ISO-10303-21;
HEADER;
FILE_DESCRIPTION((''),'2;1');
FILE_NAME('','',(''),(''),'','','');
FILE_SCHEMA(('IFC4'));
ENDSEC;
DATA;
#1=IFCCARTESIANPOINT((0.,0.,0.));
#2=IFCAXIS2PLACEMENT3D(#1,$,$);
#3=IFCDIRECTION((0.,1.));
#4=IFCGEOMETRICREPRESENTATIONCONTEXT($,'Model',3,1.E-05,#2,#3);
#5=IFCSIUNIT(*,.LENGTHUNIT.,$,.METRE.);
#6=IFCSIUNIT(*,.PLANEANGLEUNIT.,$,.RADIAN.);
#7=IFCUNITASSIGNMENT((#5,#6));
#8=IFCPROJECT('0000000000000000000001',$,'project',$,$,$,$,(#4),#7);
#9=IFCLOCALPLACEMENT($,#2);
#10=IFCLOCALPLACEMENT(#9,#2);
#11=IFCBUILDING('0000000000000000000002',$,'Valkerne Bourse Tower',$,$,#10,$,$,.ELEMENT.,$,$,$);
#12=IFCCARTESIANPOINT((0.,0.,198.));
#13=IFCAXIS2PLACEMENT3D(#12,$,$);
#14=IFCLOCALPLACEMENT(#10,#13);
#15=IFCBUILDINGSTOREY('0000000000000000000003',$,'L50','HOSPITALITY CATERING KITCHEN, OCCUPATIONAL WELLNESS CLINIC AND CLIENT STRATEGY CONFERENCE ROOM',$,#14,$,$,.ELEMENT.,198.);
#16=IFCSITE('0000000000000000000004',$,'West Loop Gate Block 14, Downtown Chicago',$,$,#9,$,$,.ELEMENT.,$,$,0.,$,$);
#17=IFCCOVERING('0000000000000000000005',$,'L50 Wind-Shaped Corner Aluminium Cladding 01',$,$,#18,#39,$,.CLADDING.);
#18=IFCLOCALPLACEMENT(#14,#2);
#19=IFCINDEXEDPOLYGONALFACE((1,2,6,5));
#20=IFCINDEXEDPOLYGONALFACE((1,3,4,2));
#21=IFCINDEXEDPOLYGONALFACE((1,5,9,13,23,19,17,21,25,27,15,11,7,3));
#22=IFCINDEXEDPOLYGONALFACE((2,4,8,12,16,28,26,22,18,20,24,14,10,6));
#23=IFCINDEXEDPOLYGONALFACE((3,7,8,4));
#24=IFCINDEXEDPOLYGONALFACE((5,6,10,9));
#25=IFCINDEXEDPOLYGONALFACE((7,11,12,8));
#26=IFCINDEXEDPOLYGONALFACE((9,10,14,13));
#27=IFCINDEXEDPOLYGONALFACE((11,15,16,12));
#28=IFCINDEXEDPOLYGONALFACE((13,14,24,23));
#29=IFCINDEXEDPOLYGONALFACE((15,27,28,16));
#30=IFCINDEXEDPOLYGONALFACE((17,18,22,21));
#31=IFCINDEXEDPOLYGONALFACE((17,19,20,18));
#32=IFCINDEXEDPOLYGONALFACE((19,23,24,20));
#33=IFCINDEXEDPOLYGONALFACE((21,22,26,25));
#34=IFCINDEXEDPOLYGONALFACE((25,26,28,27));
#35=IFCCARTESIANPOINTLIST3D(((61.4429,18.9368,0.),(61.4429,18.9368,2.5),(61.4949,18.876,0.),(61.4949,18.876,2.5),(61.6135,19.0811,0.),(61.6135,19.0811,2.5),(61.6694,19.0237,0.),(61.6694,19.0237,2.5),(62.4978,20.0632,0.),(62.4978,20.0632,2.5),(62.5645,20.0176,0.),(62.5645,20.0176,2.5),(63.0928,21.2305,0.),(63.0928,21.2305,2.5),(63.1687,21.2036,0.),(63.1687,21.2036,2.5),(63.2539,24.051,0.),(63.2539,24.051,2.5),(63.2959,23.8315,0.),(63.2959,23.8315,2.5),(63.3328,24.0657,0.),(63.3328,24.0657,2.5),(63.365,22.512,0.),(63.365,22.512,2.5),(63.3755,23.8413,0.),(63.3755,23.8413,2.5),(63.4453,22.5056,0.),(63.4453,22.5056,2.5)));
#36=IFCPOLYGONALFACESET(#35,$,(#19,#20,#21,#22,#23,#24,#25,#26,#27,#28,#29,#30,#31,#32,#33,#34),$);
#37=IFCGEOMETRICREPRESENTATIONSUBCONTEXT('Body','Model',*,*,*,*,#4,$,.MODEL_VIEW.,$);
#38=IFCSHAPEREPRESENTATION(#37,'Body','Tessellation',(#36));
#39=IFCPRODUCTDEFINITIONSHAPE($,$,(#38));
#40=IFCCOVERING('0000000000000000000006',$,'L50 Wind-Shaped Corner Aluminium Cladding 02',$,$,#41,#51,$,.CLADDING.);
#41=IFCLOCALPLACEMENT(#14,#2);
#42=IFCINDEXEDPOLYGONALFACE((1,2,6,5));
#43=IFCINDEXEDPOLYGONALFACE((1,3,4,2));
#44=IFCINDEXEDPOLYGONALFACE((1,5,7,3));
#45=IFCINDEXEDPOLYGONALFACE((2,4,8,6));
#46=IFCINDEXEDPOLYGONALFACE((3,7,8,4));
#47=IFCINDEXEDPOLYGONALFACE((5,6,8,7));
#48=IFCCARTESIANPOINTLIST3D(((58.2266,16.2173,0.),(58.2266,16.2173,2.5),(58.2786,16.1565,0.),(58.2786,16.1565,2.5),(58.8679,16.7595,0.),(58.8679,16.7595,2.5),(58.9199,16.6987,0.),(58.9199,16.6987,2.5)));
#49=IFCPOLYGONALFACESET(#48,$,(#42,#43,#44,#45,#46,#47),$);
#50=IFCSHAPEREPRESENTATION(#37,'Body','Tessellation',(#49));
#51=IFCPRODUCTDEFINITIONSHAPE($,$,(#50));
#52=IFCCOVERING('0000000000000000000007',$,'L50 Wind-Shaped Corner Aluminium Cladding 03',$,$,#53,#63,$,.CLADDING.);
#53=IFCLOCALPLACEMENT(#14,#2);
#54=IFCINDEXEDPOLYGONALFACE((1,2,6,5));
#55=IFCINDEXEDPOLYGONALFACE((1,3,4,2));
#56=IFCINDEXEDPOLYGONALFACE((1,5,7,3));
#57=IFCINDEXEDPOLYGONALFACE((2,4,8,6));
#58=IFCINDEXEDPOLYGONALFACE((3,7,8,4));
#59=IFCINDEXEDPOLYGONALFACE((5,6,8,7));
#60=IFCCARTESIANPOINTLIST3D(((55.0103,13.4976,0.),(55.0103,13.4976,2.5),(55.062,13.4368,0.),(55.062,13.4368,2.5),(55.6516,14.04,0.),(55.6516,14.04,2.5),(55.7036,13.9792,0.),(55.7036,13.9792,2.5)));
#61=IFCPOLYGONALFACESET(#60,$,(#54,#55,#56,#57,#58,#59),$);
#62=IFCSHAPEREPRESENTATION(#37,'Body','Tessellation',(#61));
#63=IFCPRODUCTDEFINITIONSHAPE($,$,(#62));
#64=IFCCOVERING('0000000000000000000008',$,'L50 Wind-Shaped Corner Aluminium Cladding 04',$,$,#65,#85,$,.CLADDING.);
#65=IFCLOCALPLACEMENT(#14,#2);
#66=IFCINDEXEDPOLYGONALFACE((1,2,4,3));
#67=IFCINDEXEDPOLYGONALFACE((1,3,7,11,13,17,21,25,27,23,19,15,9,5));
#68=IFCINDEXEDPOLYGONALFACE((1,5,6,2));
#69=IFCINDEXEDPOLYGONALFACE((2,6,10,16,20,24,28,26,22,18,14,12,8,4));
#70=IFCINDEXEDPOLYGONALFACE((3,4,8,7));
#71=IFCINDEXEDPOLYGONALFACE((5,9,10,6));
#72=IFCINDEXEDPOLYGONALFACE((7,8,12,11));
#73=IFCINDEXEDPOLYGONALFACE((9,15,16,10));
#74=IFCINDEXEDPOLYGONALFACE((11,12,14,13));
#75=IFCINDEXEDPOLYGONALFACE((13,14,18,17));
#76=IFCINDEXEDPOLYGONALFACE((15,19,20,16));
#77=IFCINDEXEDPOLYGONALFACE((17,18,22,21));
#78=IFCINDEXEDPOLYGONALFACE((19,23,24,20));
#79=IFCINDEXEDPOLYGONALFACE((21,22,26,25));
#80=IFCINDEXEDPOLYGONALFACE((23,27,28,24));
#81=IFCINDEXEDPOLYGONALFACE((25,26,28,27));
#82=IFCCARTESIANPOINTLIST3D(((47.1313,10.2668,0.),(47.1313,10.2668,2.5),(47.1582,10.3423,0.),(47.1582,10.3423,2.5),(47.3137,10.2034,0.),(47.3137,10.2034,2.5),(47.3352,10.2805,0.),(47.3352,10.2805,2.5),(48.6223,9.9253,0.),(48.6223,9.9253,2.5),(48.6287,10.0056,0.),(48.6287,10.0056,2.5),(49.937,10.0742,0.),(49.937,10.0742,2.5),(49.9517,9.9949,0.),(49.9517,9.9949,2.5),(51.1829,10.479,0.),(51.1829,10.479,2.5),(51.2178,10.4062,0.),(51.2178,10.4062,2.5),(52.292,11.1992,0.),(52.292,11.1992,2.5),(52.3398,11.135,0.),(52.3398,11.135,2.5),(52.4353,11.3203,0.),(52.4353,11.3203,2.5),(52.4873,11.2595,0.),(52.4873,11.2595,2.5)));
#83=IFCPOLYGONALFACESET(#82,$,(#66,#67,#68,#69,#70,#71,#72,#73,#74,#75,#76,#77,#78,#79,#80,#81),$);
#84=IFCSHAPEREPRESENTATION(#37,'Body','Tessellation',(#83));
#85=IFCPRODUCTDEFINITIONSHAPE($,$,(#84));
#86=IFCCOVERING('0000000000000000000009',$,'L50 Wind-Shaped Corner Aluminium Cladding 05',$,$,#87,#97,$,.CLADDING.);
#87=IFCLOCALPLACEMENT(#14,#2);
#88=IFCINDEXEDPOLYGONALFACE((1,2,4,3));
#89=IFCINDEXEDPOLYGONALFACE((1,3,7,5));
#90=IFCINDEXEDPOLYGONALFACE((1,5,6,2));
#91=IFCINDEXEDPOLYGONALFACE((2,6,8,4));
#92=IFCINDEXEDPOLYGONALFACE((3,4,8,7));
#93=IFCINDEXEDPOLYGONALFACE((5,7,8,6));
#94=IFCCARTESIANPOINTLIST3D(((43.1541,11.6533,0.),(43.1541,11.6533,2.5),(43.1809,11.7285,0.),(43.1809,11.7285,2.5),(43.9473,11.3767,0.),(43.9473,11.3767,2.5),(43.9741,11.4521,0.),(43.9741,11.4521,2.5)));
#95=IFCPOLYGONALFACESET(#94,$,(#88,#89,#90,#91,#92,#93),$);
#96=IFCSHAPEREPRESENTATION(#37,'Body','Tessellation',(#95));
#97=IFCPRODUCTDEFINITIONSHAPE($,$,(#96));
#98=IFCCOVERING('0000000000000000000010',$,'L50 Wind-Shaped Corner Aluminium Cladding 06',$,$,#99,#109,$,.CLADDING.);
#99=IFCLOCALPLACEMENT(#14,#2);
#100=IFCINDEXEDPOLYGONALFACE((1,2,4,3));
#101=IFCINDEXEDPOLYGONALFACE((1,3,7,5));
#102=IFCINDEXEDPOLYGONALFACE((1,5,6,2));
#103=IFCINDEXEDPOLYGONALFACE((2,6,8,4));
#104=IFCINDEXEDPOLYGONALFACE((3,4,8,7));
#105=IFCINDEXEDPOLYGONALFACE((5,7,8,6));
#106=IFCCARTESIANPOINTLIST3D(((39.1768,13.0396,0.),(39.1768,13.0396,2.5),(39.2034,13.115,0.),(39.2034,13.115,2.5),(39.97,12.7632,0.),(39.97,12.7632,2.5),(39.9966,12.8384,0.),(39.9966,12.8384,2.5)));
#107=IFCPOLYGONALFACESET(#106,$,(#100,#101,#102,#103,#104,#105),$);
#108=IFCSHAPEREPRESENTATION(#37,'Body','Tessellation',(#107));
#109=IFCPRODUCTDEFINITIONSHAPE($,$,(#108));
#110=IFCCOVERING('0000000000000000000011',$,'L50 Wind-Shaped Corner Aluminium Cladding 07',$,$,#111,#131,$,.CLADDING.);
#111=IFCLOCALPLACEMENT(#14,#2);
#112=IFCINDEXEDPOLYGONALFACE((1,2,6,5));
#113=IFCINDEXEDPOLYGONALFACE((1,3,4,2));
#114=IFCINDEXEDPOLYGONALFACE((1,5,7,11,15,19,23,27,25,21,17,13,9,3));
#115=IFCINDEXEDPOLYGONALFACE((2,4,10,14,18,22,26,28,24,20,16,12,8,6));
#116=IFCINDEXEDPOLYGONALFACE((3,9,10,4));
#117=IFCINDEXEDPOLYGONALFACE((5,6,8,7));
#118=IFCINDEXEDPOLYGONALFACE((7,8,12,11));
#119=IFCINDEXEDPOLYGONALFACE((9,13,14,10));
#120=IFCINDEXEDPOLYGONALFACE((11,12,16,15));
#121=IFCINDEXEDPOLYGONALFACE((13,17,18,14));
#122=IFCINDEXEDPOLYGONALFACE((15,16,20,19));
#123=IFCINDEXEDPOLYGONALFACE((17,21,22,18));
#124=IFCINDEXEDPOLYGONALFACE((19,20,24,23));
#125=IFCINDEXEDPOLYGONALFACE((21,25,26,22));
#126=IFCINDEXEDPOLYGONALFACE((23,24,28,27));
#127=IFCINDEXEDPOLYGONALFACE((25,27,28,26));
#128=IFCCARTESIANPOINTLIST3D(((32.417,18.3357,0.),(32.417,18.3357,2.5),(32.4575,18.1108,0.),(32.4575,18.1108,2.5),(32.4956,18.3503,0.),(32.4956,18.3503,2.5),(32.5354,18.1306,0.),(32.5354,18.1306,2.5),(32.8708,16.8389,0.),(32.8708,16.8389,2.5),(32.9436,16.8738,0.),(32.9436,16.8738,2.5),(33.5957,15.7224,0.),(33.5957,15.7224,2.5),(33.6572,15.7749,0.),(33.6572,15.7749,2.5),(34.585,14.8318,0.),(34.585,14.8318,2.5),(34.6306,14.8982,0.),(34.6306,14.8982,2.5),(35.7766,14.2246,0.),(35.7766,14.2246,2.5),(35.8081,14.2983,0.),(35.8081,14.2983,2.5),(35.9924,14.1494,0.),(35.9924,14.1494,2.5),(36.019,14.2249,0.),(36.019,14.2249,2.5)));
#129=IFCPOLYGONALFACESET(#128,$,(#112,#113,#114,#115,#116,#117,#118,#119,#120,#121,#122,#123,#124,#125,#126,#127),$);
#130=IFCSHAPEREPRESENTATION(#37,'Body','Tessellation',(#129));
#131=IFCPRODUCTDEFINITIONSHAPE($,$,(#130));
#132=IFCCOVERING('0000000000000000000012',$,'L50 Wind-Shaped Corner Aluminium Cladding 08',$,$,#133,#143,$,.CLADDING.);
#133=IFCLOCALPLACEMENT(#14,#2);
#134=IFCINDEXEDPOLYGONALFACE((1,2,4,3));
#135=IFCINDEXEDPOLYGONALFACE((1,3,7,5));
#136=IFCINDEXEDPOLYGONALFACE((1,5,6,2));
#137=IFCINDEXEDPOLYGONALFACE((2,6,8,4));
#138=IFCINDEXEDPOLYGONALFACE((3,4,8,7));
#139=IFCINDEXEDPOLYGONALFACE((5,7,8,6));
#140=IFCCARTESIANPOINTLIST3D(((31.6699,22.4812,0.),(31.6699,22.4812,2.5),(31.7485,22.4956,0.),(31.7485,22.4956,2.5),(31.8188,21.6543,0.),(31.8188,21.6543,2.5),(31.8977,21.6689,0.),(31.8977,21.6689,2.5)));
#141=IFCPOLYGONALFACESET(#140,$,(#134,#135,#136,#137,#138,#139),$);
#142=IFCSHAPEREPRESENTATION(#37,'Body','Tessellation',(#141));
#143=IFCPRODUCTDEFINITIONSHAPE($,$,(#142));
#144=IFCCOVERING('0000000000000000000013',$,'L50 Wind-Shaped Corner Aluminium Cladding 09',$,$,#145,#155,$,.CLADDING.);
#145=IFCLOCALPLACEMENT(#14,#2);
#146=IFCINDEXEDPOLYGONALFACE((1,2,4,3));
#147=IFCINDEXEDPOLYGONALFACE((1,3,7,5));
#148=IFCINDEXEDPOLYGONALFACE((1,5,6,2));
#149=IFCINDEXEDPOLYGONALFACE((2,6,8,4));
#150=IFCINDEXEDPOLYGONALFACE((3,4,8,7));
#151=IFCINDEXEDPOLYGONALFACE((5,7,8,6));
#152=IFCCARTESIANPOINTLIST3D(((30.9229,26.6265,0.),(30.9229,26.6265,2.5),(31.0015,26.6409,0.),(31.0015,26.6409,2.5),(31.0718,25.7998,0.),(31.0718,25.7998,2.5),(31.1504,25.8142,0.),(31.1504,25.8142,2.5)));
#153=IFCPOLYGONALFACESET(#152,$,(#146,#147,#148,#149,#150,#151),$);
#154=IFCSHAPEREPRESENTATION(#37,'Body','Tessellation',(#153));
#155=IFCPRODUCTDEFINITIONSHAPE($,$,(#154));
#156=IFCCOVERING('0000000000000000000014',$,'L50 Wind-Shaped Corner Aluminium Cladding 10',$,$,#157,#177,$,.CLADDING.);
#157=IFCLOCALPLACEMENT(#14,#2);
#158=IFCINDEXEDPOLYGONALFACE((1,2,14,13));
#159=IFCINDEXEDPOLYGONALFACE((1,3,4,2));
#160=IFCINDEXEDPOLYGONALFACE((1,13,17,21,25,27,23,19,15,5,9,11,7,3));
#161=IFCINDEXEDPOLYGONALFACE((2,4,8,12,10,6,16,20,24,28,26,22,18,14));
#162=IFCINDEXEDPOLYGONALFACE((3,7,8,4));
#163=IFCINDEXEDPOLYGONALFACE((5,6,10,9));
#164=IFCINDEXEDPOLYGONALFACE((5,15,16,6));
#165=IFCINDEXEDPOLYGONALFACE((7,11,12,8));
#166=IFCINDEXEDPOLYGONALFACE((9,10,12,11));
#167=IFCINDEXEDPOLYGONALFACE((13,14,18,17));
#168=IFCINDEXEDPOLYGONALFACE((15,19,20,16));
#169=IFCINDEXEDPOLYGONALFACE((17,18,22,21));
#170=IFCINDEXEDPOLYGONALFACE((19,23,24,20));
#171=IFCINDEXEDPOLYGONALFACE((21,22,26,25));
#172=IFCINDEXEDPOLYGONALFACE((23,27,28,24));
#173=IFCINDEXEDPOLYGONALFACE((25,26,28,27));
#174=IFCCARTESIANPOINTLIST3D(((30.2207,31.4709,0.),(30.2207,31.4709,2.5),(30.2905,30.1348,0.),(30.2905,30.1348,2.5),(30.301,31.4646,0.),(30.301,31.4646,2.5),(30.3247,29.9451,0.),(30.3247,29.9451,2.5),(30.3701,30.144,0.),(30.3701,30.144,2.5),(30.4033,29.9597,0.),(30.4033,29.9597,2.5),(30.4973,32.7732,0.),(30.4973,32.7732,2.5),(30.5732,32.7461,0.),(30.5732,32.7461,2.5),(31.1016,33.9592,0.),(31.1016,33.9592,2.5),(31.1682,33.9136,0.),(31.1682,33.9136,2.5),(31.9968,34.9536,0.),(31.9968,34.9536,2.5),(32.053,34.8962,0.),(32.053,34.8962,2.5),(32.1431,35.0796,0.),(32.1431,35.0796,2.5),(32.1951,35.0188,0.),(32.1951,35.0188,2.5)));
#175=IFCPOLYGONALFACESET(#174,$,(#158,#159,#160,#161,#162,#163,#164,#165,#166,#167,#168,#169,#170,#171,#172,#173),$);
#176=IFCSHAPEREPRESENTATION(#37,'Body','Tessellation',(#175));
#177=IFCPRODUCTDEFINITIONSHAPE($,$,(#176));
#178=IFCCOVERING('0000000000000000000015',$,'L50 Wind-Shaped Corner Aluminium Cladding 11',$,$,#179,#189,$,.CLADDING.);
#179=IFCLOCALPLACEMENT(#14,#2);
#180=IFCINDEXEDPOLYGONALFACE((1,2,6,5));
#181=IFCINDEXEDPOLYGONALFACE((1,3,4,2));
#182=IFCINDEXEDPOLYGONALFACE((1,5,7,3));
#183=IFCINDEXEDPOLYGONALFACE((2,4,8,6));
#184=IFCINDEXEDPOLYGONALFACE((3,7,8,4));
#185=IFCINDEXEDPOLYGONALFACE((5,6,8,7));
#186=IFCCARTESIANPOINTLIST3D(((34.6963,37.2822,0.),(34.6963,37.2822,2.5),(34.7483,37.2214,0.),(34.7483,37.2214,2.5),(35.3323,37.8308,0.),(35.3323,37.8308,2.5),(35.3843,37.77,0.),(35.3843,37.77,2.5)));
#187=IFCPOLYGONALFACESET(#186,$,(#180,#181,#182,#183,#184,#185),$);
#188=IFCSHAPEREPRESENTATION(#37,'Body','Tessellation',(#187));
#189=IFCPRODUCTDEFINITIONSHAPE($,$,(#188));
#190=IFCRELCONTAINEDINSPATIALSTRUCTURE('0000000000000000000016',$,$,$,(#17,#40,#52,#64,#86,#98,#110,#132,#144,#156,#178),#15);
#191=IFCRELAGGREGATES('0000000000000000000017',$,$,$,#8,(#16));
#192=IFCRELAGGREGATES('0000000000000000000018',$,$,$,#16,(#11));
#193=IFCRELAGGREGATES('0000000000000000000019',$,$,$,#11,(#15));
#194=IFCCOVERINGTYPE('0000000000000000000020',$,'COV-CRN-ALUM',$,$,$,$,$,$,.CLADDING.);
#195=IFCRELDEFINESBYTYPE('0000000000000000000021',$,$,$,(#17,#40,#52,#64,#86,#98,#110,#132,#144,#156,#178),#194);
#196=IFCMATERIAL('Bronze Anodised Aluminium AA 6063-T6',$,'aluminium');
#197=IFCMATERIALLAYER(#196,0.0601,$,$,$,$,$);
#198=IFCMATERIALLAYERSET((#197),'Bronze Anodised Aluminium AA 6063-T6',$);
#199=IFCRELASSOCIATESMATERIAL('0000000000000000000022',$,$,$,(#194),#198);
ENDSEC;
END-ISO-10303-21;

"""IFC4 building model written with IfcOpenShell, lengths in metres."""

from ifc_helpers import new_model, si_unit, direction, frame, origin, place, context, subcontext, project, spatial, polyline, outline, extrude, material, layer, layer_set, type_object, element, save


model = new_model("IFC4")

# Units and contexts
model_context = context("Model", 3, precision=1e-05, world=origin(), true_north=direction((0.0, 1.0)))
body_context = subcontext(model_context, "Body", "Model", "MODEL_VIEW")
ifc_project = project(units=[si_unit("LENGTHUNIT", "METRE"), si_unit("PLANEANGLEUNIT", "RADIAN")], contexts=[model_context])

# Site, building, storey
site_placement = place(None, origin())
site = spatial("IfcSite", under=ifc_project, at=site_placement, Name="West Loop Gate Block 14, Downtown Chicago", CompositionType="ELEMENT", RefElevation=0.0)
building_placement = place(site_placement, origin())
building = spatial("IfcBuilding", under=site, at=building_placement, Name="Valkerne Bourse Tower", CompositionType="ELEMENT")
storey_placement = place(building_placement, frame((0.0, 0.0, 198.0)))
storey = spatial("IfcBuildingStorey", under=building, at=storey_placement, Name="L50", Description="HOSPITALITY CATERING KITCHEN, OCCUPATIONAL WELLNESS CLINIC AND CLIENT STRATEGY CONFERENCE ROOM", CompositionType="ELEMENT", Elevation=198.0)

# Coverings
ifc_material_1 = material(Name="Bronze Anodised Aluminium AA 6063-T6", Category="aluminium")
ifc_layer_1 = layer(ifc_material_1, 0.0601)
ifc_layer_set_1 = layer_set([ifc_layer_1], Name="Bronze Anodised Aluminium AA 6063-T6")
covering_type = type_object("IfcCoveringType", Name="COV-CRN-ALUM", PredefinedType="CLADDING", material=ifc_layer_set_1)
covering_1_placement = place(storey_placement, origin())
element("IfcCovering", 1, at=covering_1_placement, inside=storey, type_object=covering_type, Name="L50 Wind-Shaped Corner Aluminium Cladding 01", PredefinedType="CLADDING", context=body_context, shape_type="SweptSolid", body=[
    extrude(outline(polyline([(63.4453, 22.5056), (63.1687, 21.2036), (62.5645, 20.0176), (61.6694, 19.0237), (61.4949, 18.876), (61.4429, 18.9368), (61.6135, 19.0811), (62.4978, 20.0632), (63.0928, 21.2305), (63.365, 22.512), (63.2959, 23.8315), (63.2539, 24.051), (63.3328, 24.0657), (63.3755, 23.8413), (63.4453, 22.5056)])), origin(), (0.0, 0.0, 1.0), 2.5),
])
covering_2_placement = place(storey_placement, origin())
element("IfcCovering", 2, at=covering_2_placement, inside=storey, type_object=covering_type, Name="L50 Wind-Shaped Corner Aluminium Cladding 02", PredefinedType="CLADDING", context=body_context, shape_type="SweptSolid", body=[
    extrude(outline(polyline([(58.2786, 16.1565), (58.2266, 16.2173), (58.8679, 16.7595), (58.9199, 16.6987), (58.2786, 16.1565)])), origin(), (0.0, 0.0, 1.0), 2.5),
])
covering_3_placement = place(storey_placement, origin())
element("IfcCovering", 3, at=covering_3_placement, inside=storey, type_object=covering_type, Name="L50 Wind-Shaped Corner Aluminium Cladding 03", PredefinedType="CLADDING", context=body_context, shape_type="SweptSolid", body=[
    extrude(outline(polyline([(55.062, 13.4368), (55.0103, 13.4976), (55.6516, 14.04), (55.7036, 13.9792), (55.062, 13.4368)])), origin(), (0.0, 0.0, 1.0), 2.5),
])
covering_4_placement = place(storey_placement, origin())
element("IfcCovering", 4, at=covering_4_placement, inside=storey, type_object=covering_type, Name="L50 Wind-Shaped Corner Aluminium Cladding 04", PredefinedType="CLADDING", context=body_context, shape_type="SweptSolid", body=[
    extrude(outline(polyline([(52.3398, 11.135), (51.2178, 10.4062), (49.9517, 9.9949), (48.6223, 9.9253), (47.3137, 10.2034), (47.1313, 10.2668), (47.1582, 10.3423), (47.3352, 10.2805), (48.6287, 10.0056), (49.937, 10.0742), (51.1829, 10.479), (52.292, 11.1992), (52.4353, 11.3203), (52.4873, 11.2595), (52.3398, 11.135)])), origin(), (0.0, 0.0, 1.0), 2.5),
])
covering_5_placement = place(storey_placement, origin())
element("IfcCovering", 5, at=covering_5_placement, inside=storey, type_object=covering_type, Name="L50 Wind-Shaped Corner Aluminium Cladding 05", PredefinedType="CLADDING", context=body_context, shape_type="SweptSolid", body=[
    extrude(outline(polyline([(43.1541, 11.6533), (43.1809, 11.7285), (43.9741, 11.4521), (43.9473, 11.3767), (43.1541, 11.6533)])), origin(), (0.0, 0.0, 1.0), 2.5),
])
covering_6_placement = place(storey_placement, origin())
element("IfcCovering", 6, at=covering_6_placement, inside=storey, type_object=covering_type, Name="L50 Wind-Shaped Corner Aluminium Cladding 06", PredefinedType="CLADDING", context=body_context, shape_type="SweptSolid", body=[
    extrude(outline(polyline([(39.1768, 13.0396), (39.2034, 13.115), (39.9966, 12.8384), (39.97, 12.7632), (39.1768, 13.0396)])), origin(), (0.0, 0.0, 1.0), 2.5),
])
covering_7_placement = place(storey_placement, origin())
element("IfcCovering", 7, at=covering_7_placement, inside=storey, type_object=covering_type, Name="L50 Wind-Shaped Corner Aluminium Cladding 07", PredefinedType="CLADDING", context=body_context, shape_type="SweptSolid", body=[
    extrude(outline(polyline([(35.7766, 14.2246), (34.585, 14.8318), (33.5957, 15.7224), (32.8708, 16.8389), (32.4575, 18.1108), (32.417, 18.3357), (32.4956, 18.3503), (32.5354, 18.1306), (32.9436, 16.8738), (33.6572, 15.7749), (34.6306, 14.8982), (35.8081, 14.2983), (36.019, 14.2249), (35.9924, 14.1494), (35.7766, 14.2246)])), origin(), (0.0, 0.0, 1.0), 2.5),
])
covering_8_placement = place(storey_placement, origin())
element("IfcCovering", 8, at=covering_8_placement, inside=storey, type_object=covering_type, Name="L50 Wind-Shaped Corner Aluminium Cladding 08", PredefinedType="CLADDING", context=body_context, shape_type="SweptSolid", body=[
    extrude(outline(polyline([(31.6699, 22.4812), (31.7485, 22.4956), (31.8977, 21.6689), (31.8188, 21.6543), (31.6699, 22.4812)])), origin(), (0.0, 0.0, 1.0), 2.5),
])
covering_9_placement = place(storey_placement, origin())
element("IfcCovering", 9, at=covering_9_placement, inside=storey, type_object=covering_type, Name="L50 Wind-Shaped Corner Aluminium Cladding 09", PredefinedType="CLADDING", context=body_context, shape_type="SweptSolid", body=[
    extrude(outline(polyline([(30.9229, 26.6265), (31.0015, 26.6409), (31.1504, 25.8142), (31.0718, 25.7998), (30.9229, 26.6265)])), origin(), (0.0, 0.0, 1.0), 2.5),
])
covering_10_placement = place(storey_placement, origin())
element("IfcCovering", 10, at=covering_10_placement, inside=storey, type_object=covering_type, Name="L50 Wind-Shaped Corner Aluminium Cladding 10", PredefinedType="CLADDING", context=body_context, shape_type="SweptSolid", body=[
    extrude(outline(polyline([(30.2905, 30.1348), (30.2207, 31.4709), (30.4973, 32.7732), (31.1016, 33.9592), (31.9968, 34.9536), (32.1431, 35.0796), (32.1951, 35.0188), (32.053, 34.8962), (31.1682, 33.9136), (30.5732, 32.7461), (30.301, 31.4646), (30.3701, 30.144), (30.4033, 29.9597), (30.3247, 29.9451), (30.2905, 30.1348)])), origin(), (0.0, 0.0, 1.0), 2.5),
])
covering_11_placement = place(storey_placement, origin())
element("IfcCovering", 11, at=covering_11_placement, inside=storey, type_object=covering_type, Name="L50 Wind-Shaped Corner Aluminium Cladding 11", PredefinedType="CLADDING", context=body_context, shape_type="SweptSolid", body=[
    extrude(outline(polyline([(35.3323, 37.8308), (35.3843, 37.77), (34.7483, 37.2214), (34.6963, 37.2822), (35.3323, 37.8308)])), origin(), (0.0, 0.0, 1.0), 2.5),
])

save(model, "model.ifc")
